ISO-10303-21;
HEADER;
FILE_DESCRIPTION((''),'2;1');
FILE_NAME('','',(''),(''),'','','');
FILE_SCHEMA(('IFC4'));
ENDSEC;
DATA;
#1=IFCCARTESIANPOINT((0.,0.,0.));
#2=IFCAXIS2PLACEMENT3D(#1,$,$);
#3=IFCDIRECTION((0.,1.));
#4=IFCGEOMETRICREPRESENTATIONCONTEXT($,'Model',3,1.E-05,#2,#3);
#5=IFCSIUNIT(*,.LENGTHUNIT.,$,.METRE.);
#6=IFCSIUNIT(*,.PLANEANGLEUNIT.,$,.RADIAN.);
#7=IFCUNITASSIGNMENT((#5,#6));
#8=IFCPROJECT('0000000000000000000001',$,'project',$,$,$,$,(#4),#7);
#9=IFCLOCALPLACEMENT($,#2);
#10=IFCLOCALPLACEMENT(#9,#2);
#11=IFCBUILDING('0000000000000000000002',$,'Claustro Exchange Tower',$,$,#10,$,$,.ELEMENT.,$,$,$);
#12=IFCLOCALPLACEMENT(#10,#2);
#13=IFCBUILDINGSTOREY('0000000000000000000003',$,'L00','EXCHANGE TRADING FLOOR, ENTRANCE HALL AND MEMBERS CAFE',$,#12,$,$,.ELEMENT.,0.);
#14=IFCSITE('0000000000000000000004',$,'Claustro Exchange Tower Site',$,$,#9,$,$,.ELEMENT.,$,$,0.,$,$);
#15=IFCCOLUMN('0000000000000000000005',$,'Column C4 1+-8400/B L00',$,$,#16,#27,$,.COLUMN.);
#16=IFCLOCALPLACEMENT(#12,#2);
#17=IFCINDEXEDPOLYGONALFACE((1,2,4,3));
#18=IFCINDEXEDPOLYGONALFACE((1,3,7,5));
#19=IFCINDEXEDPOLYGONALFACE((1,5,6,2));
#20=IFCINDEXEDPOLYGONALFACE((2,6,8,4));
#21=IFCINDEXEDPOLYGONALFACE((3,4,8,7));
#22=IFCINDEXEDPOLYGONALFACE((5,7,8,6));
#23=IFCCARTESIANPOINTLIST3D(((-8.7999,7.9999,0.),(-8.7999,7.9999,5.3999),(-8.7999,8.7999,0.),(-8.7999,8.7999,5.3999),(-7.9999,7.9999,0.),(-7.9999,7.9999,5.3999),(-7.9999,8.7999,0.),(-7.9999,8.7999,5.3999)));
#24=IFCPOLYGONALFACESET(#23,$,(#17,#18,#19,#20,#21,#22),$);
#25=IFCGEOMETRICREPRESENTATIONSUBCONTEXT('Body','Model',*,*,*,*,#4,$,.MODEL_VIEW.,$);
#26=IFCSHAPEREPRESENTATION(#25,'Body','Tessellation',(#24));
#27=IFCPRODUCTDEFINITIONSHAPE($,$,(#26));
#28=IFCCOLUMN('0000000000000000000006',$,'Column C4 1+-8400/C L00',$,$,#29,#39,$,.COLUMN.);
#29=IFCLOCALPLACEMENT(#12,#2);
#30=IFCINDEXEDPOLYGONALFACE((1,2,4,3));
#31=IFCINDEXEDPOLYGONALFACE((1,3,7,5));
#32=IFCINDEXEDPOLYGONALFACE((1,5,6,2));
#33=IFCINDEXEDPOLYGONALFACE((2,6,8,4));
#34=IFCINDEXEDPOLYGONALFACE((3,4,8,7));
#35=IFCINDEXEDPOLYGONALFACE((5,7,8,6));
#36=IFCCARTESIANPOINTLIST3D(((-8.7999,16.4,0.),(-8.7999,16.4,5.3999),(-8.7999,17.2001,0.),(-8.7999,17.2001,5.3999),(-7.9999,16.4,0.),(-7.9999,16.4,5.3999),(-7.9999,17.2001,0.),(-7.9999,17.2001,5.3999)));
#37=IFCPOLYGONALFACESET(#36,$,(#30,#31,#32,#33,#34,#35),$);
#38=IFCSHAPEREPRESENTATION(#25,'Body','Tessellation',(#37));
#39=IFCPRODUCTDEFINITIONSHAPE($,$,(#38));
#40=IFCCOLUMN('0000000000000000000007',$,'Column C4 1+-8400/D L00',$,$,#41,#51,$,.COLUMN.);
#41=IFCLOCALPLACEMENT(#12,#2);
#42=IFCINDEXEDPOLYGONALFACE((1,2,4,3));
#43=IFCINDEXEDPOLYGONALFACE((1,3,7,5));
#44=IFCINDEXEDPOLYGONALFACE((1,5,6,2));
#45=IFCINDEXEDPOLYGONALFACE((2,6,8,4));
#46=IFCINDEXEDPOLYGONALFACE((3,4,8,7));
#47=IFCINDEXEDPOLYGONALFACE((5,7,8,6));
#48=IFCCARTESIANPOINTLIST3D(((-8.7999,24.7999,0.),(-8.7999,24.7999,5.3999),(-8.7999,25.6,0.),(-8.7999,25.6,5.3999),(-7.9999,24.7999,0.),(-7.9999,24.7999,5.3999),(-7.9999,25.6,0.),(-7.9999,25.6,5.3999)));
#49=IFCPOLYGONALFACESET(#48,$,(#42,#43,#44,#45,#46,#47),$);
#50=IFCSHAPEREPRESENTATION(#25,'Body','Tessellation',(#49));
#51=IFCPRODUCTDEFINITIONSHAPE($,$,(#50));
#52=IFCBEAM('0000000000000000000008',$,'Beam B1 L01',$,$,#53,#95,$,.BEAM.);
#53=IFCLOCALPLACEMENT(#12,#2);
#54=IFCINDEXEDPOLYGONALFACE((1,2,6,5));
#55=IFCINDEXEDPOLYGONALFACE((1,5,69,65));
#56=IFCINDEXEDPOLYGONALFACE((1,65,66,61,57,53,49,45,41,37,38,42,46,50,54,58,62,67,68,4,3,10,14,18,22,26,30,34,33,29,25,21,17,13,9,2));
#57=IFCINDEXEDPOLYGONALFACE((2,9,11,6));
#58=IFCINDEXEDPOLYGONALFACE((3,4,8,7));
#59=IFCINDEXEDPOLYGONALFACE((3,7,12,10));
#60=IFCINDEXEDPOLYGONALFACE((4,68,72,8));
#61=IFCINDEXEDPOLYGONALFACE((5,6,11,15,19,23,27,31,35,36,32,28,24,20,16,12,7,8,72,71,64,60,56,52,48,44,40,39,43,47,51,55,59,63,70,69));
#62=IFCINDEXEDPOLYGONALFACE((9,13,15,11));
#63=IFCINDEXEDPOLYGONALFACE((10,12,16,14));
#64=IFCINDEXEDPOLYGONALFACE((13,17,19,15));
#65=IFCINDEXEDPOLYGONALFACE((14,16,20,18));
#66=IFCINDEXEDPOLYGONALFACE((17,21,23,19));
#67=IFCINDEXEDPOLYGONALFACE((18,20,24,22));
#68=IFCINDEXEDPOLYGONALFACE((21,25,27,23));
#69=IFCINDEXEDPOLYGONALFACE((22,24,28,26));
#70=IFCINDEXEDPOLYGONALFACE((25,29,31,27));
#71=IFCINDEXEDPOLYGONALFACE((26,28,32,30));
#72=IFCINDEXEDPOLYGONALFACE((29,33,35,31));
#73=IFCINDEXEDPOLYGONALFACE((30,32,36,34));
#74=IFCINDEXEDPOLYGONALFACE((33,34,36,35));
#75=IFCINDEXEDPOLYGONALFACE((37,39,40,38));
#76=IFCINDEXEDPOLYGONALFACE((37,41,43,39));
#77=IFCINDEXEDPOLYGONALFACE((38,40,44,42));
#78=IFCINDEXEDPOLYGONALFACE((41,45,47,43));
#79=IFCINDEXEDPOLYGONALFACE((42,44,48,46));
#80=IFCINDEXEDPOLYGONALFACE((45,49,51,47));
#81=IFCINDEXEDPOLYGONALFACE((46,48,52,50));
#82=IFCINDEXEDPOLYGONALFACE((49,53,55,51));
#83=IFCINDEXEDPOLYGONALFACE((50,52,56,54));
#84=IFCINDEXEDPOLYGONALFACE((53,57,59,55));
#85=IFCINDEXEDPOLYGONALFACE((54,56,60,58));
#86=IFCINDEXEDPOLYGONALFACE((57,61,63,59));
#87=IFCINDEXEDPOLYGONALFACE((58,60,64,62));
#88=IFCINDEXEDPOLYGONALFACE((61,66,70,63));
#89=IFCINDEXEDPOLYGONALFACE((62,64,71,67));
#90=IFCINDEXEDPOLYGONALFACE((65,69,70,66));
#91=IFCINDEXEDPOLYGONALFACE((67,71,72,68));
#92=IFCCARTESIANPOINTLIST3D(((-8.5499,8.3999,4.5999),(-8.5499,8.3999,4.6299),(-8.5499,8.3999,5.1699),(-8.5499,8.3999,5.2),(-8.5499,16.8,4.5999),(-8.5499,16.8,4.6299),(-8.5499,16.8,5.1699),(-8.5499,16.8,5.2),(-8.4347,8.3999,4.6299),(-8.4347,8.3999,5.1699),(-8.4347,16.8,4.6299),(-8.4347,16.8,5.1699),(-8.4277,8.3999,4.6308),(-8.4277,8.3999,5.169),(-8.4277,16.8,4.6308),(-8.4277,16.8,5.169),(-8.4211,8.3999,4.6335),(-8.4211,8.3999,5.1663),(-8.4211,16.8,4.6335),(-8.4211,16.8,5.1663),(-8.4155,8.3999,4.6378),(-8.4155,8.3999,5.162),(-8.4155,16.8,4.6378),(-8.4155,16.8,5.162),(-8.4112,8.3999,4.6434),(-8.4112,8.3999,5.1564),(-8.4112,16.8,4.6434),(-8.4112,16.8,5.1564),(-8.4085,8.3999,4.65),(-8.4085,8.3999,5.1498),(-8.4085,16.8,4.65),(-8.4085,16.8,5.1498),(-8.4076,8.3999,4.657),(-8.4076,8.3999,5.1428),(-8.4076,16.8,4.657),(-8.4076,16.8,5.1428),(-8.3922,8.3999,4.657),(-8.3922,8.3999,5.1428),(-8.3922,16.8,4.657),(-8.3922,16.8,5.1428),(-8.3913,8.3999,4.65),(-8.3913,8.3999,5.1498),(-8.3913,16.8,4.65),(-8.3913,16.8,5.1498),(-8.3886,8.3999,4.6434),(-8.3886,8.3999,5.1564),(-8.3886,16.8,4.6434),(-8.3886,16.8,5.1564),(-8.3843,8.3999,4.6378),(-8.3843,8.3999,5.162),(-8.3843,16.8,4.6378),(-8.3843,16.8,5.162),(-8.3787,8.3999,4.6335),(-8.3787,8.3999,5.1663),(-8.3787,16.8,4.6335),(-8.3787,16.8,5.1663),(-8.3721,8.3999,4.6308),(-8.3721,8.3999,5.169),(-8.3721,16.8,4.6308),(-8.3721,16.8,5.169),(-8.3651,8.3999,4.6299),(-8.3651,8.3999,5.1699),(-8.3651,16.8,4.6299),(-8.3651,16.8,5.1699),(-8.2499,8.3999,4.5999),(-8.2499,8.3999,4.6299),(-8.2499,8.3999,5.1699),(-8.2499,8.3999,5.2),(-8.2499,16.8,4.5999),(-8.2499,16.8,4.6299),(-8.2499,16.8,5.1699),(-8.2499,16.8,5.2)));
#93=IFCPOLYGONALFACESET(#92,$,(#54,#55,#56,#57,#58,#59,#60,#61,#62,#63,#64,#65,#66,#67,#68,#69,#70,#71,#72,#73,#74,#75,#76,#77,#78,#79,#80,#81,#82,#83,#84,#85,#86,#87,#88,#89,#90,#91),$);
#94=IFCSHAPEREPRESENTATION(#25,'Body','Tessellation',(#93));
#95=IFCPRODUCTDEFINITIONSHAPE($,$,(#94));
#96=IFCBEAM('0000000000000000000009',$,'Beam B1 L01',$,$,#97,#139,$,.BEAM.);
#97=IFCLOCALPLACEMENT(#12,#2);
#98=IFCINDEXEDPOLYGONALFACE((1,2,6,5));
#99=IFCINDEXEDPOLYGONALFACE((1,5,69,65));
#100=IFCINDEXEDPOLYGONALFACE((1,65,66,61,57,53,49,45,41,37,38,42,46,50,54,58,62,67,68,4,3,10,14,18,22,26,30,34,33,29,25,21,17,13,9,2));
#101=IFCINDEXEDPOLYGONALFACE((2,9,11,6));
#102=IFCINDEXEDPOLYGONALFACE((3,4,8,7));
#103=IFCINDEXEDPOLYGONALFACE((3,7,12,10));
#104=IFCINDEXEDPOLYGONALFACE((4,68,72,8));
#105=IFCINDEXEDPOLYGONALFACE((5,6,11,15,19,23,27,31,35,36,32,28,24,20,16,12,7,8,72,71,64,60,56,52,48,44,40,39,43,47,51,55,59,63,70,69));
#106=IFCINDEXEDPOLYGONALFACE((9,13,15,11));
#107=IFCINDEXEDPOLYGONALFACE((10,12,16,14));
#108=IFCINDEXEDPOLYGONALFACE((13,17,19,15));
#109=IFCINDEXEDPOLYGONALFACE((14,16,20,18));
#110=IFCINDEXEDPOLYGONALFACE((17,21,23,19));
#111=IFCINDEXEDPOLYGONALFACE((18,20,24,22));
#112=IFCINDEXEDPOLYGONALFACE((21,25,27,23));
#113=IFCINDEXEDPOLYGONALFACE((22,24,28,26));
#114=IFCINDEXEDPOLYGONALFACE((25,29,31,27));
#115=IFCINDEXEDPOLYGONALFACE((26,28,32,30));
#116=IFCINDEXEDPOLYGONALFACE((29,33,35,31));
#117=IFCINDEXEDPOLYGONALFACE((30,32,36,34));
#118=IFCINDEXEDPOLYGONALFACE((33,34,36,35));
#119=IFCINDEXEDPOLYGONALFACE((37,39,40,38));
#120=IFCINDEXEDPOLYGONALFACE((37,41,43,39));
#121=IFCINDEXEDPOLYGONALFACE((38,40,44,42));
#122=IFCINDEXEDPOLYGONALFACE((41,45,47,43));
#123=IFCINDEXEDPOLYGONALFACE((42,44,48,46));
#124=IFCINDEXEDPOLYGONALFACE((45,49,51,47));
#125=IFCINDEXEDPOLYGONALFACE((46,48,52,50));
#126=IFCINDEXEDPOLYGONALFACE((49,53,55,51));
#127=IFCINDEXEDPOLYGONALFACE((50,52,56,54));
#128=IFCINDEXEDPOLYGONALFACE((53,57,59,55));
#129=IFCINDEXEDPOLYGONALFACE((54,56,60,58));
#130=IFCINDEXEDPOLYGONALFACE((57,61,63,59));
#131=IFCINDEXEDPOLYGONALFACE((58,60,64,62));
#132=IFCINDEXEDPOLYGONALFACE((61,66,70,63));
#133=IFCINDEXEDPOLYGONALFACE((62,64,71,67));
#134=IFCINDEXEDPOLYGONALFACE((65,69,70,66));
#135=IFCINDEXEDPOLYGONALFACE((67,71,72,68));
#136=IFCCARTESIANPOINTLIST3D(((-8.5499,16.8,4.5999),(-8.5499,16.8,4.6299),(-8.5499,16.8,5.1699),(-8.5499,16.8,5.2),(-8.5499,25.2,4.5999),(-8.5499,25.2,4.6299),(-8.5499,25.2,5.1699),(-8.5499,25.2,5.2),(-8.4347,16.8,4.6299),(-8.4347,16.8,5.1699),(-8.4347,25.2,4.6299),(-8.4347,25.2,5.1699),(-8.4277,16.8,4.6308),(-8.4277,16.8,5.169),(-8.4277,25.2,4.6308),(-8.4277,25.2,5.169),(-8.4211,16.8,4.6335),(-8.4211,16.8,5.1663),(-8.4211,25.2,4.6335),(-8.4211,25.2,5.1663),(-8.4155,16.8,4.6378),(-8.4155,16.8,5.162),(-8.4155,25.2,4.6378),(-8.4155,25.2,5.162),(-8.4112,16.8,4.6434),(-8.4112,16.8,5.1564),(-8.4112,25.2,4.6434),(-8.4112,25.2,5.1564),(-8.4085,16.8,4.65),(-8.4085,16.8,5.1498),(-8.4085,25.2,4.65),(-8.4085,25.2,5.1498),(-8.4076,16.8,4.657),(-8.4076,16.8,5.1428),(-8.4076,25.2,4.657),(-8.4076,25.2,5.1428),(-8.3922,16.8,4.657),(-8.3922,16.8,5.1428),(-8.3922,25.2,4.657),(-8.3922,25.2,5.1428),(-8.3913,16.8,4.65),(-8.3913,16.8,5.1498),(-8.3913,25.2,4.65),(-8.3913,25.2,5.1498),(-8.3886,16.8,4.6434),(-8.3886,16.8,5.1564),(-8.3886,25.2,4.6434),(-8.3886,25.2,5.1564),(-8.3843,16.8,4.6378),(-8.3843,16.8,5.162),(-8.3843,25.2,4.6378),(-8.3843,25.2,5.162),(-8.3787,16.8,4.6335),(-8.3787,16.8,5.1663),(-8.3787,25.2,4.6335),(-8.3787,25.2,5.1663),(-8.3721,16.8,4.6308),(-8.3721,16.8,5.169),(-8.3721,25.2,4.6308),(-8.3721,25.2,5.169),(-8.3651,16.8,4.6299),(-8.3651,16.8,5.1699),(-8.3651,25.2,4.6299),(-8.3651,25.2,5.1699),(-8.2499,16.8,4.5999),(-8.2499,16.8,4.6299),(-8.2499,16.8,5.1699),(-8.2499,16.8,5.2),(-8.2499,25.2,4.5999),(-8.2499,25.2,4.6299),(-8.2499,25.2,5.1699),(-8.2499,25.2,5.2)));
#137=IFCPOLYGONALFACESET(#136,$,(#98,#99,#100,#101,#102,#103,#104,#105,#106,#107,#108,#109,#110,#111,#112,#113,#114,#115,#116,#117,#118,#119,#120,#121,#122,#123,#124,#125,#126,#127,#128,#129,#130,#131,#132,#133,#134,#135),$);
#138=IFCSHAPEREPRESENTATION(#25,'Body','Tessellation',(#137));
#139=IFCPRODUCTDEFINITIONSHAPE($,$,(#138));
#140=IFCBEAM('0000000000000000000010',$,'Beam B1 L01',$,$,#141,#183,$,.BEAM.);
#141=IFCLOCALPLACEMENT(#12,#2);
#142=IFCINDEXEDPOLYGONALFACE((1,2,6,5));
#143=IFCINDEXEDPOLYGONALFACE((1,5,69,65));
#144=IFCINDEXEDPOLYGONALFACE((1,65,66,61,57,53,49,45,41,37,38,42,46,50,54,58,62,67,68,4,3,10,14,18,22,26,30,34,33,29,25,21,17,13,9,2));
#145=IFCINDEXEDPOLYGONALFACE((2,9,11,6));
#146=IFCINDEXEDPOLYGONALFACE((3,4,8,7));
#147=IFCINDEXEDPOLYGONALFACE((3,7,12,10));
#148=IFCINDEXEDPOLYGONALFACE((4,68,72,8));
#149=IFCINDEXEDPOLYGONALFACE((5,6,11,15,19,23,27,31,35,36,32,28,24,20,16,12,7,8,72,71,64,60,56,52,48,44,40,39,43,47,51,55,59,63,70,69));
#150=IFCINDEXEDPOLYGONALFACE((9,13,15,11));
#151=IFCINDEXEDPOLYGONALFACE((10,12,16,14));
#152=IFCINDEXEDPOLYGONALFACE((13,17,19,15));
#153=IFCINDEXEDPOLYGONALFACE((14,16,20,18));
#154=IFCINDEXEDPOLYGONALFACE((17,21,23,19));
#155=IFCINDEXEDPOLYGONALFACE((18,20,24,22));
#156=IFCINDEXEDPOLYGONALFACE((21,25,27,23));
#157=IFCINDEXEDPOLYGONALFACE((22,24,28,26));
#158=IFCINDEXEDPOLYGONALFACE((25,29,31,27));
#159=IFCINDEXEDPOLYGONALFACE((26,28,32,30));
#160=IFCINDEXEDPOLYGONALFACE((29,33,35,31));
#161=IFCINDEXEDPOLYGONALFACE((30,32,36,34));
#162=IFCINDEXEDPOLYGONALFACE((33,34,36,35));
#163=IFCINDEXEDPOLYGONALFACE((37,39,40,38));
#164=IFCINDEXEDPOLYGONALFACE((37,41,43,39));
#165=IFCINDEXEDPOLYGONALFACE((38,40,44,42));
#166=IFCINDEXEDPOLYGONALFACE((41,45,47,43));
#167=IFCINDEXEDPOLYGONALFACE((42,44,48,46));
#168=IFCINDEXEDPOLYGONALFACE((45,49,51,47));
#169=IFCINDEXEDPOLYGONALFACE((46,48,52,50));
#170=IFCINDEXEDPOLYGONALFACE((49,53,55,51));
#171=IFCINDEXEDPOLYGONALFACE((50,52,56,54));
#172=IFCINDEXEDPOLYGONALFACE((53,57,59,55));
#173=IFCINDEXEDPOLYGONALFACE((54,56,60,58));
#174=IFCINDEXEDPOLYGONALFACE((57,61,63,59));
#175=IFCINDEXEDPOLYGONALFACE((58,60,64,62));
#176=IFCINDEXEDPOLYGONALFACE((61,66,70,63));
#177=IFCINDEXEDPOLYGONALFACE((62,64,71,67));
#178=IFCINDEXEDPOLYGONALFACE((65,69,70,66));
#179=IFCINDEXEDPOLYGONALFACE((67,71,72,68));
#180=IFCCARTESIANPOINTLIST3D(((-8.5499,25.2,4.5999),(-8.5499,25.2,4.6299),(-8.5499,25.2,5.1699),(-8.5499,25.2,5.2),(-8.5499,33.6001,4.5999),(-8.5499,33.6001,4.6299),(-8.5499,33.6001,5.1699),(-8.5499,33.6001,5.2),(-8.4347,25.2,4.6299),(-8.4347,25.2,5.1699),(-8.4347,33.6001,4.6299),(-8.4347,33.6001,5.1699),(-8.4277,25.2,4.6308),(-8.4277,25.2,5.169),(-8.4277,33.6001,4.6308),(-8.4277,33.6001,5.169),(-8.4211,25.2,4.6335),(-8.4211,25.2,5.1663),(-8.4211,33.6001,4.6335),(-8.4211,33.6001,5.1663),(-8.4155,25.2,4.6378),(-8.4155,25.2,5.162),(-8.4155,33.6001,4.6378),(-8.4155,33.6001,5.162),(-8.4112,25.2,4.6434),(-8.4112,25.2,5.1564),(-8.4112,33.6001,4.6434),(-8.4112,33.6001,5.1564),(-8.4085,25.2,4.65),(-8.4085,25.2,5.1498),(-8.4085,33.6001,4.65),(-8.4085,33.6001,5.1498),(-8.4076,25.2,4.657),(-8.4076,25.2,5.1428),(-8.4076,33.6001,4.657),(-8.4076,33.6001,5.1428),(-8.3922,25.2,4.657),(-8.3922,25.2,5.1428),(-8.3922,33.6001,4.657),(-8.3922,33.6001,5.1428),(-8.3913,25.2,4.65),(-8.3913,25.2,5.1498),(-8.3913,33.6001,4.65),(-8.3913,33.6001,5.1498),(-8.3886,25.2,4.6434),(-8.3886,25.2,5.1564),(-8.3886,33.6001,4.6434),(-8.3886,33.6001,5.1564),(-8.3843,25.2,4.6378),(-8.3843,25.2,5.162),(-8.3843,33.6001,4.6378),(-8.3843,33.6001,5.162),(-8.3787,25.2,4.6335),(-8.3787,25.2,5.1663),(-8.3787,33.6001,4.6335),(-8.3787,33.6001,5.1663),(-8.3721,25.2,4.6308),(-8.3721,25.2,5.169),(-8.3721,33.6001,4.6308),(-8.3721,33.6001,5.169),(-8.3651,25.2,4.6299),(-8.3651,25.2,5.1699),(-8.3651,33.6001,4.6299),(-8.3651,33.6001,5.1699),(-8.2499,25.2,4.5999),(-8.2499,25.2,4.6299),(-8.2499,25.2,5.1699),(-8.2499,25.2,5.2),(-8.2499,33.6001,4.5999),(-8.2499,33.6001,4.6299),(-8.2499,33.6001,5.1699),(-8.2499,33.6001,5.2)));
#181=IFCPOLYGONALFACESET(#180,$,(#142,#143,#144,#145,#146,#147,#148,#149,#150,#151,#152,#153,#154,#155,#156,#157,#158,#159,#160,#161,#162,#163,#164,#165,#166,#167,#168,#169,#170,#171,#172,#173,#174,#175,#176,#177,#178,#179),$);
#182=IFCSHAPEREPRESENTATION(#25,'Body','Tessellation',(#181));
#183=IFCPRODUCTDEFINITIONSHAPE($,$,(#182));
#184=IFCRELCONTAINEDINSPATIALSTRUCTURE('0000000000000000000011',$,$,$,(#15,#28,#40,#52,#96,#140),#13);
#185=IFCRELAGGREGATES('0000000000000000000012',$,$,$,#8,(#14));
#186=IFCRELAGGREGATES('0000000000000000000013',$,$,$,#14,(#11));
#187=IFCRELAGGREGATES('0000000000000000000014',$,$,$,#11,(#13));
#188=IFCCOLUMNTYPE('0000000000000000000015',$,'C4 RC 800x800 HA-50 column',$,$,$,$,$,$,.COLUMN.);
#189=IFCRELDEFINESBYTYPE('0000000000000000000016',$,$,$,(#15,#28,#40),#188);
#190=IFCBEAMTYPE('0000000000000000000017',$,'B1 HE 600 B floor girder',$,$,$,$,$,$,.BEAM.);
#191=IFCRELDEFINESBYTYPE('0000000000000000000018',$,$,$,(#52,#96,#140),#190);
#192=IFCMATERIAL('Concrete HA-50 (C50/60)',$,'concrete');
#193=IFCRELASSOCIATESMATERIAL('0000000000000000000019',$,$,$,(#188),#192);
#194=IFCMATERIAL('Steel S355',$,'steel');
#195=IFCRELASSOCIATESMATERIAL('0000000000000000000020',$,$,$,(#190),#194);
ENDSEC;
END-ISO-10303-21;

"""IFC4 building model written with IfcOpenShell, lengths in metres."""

from ifc_helpers import new_model, si_unit, direction, frame, origin, origin_2d, place, context, subcontext, project, spatial, rectangle, i_section, extrude, material, material_profile, profile_set, type_object, element, save


model = new_model("IFC4")

# Units and contexts
model_context = context("Model", 3, precision=1e-05, world=origin(), true_north=direction((0.0, 1.0)))
body_context = subcontext(model_context, "Body", "Model", "MODEL_VIEW")
ifc_project = project(units=[si_unit("LENGTHUNIT", "METRE"), si_unit("PLANEANGLEUNIT", "RADIAN")], contexts=[model_context])

# Site, building, storey
site_placement = place(None, origin())
site = spatial("IfcSite", under=ifc_project, at=site_placement, Name="Claustro Exchange Tower Site", CompositionType="ELEMENT", RefElevation=0.0)
building_placement = place(site_placement, origin())
building = spatial("IfcBuilding", under=site, at=building_placement, Name="Claustro Exchange Tower", CompositionType="ELEMENT")
storey_placement = place(building_placement, origin())
storey = spatial("IfcBuildingStorey", under=building, at=storey_placement, Name="L00", Description="EXCHANGE TRADING FLOOR, ENTRANCE HALL AND MEMBERS CAFE", CompositionType="ELEMENT", Elevation=0.0)

# Columns
ifc_material_1 = material(Name="Concrete HA-50 (C50/60)", Category="concrete")
ifc_material_profile_1 = material_profile(ifc_material_1, rectangle(XDim=0.8, YDim=0.8, at=origin_2d()), Name="RC 800x800")
ifc_profile_set_1 = profile_set([ifc_material_profile_1], Name="Concrete HA-50 (C50/60)")
column_type = type_object("IfcColumnType", Name="C4 RC 800x800 HA-50 column", PredefinedType="COLUMN", material=ifc_profile_set_1)
for number, where, z_axis, x_axis, name in (
    (1, (-8.3999, 8.3999, 0.0), (0.0, 0.0, 1.0), (1.0, 0.0, 0.0), "Column C4 1+-8400/B L00"),
    (2, (-8.3999, 16.8, 0.0), (0.0, 0.0, 1.0), (1.0, 0.0, 0.0), "Column C4 1+-8400/C L00"),
    (3, (-8.3999, 25.2, 0.0), (0.0, 0.0, 1.0), (1.0, 0.0, 0.0), "Column C4 1+-8400/D L00"),
):
    element("IfcColumn", number, at=place(storey_placement, frame(where, z_axis=z_axis, x_axis=x_axis)), inside=storey, type_object=column_type, Name=name, PredefinedType="COLUMN", context=body_context, shape_type="SweptSolid", body=[
        extrude(rectangle(XDim=0.8, YDim=0.8, at=origin_2d()), origin(), (0.0, 0.0, 1.0), 5.3999),
    ])

# Beams
ifc_material_2 = material(Name="Steel S355", Category="steel")
ifc_material_profile_2 = material_profile(ifc_material_2, i_section(OverallWidth=0.3, OverallDepth=0.6001, WebThickness=0.0154, FlangeThickness=0.03, FilletRadius=0.0271, at=origin_2d()), Name="HE 600 B")
ifc_profile_set_2 = profile_set([ifc_material_profile_2], Name="Steel S355")
beam_type_1 = type_object("IfcBeamType", Name="B1 HE 600 B floor girder", PredefinedType="BEAM", material=ifc_profile_set_2)
beam_1_placement = place(storey_placement, frame((-8.3999, 8.3999, 4.8999), z_axis=(0.0, 1.0, 0.0), x_axis=(-1.0, 0.0, 0.0)))
element("IfcBeam", 4, at=beam_1_placement, inside=storey, type_object=beam_type_1, Name="Beam B1 L01", PredefinedType="BEAM", context=body_context, shape_type="SweptSolid", body=[
    extrude(i_section(OverallWidth=0.3, OverallDepth=0.6001, WebThickness=0.0154, FlangeThickness=0.03, FilletRadius=0.0271, at=origin_2d()), origin(), (0.0, 0.0, 1.0), 8.4001),
])
beam_2_placement = place(storey_placement, frame((-8.3999, 16.8, 4.8999), z_axis=(0.0, 1.0, 0.0), x_axis=(-1.0, 0.0, 0.0)))
element("IfcBeam", 5, at=beam_2_placement, inside=storey, type_object=beam_type_1, Name="Beam B1 L01", PredefinedType="BEAM", context=body_context, shape_type="SweptSolid", body=[
    extrude(i_section(OverallWidth=0.3, OverallDepth=0.6001, WebThickness=0.0154, FlangeThickness=0.03, FilletRadius=0.0271, at=origin_2d()), origin(), (0.0, 0.0, 1.0), 8.3999),
])
beam_3_placement = place(storey_placement, frame((-8.3999, 25.2, 4.8999), z_axis=(0.0, 1.0, 0.0), x_axis=(-1.0, 0.0, 0.0)))
element("IfcBeam", 6, at=beam_3_placement, inside=storey, type_object=beam_type_1, Name="Beam B1 L01", PredefinedType="BEAM", context=body_context, shape_type="SweptSolid", body=[
    extrude(i_section(OverallWidth=0.3, OverallDepth=0.6001, WebThickness=0.0154, FlangeThickness=0.03, FilletRadius=0.0271, at=origin_2d()), origin(), (0.0, 0.0, 1.0), 8.4001),
])

save(model, "model.ifc")
